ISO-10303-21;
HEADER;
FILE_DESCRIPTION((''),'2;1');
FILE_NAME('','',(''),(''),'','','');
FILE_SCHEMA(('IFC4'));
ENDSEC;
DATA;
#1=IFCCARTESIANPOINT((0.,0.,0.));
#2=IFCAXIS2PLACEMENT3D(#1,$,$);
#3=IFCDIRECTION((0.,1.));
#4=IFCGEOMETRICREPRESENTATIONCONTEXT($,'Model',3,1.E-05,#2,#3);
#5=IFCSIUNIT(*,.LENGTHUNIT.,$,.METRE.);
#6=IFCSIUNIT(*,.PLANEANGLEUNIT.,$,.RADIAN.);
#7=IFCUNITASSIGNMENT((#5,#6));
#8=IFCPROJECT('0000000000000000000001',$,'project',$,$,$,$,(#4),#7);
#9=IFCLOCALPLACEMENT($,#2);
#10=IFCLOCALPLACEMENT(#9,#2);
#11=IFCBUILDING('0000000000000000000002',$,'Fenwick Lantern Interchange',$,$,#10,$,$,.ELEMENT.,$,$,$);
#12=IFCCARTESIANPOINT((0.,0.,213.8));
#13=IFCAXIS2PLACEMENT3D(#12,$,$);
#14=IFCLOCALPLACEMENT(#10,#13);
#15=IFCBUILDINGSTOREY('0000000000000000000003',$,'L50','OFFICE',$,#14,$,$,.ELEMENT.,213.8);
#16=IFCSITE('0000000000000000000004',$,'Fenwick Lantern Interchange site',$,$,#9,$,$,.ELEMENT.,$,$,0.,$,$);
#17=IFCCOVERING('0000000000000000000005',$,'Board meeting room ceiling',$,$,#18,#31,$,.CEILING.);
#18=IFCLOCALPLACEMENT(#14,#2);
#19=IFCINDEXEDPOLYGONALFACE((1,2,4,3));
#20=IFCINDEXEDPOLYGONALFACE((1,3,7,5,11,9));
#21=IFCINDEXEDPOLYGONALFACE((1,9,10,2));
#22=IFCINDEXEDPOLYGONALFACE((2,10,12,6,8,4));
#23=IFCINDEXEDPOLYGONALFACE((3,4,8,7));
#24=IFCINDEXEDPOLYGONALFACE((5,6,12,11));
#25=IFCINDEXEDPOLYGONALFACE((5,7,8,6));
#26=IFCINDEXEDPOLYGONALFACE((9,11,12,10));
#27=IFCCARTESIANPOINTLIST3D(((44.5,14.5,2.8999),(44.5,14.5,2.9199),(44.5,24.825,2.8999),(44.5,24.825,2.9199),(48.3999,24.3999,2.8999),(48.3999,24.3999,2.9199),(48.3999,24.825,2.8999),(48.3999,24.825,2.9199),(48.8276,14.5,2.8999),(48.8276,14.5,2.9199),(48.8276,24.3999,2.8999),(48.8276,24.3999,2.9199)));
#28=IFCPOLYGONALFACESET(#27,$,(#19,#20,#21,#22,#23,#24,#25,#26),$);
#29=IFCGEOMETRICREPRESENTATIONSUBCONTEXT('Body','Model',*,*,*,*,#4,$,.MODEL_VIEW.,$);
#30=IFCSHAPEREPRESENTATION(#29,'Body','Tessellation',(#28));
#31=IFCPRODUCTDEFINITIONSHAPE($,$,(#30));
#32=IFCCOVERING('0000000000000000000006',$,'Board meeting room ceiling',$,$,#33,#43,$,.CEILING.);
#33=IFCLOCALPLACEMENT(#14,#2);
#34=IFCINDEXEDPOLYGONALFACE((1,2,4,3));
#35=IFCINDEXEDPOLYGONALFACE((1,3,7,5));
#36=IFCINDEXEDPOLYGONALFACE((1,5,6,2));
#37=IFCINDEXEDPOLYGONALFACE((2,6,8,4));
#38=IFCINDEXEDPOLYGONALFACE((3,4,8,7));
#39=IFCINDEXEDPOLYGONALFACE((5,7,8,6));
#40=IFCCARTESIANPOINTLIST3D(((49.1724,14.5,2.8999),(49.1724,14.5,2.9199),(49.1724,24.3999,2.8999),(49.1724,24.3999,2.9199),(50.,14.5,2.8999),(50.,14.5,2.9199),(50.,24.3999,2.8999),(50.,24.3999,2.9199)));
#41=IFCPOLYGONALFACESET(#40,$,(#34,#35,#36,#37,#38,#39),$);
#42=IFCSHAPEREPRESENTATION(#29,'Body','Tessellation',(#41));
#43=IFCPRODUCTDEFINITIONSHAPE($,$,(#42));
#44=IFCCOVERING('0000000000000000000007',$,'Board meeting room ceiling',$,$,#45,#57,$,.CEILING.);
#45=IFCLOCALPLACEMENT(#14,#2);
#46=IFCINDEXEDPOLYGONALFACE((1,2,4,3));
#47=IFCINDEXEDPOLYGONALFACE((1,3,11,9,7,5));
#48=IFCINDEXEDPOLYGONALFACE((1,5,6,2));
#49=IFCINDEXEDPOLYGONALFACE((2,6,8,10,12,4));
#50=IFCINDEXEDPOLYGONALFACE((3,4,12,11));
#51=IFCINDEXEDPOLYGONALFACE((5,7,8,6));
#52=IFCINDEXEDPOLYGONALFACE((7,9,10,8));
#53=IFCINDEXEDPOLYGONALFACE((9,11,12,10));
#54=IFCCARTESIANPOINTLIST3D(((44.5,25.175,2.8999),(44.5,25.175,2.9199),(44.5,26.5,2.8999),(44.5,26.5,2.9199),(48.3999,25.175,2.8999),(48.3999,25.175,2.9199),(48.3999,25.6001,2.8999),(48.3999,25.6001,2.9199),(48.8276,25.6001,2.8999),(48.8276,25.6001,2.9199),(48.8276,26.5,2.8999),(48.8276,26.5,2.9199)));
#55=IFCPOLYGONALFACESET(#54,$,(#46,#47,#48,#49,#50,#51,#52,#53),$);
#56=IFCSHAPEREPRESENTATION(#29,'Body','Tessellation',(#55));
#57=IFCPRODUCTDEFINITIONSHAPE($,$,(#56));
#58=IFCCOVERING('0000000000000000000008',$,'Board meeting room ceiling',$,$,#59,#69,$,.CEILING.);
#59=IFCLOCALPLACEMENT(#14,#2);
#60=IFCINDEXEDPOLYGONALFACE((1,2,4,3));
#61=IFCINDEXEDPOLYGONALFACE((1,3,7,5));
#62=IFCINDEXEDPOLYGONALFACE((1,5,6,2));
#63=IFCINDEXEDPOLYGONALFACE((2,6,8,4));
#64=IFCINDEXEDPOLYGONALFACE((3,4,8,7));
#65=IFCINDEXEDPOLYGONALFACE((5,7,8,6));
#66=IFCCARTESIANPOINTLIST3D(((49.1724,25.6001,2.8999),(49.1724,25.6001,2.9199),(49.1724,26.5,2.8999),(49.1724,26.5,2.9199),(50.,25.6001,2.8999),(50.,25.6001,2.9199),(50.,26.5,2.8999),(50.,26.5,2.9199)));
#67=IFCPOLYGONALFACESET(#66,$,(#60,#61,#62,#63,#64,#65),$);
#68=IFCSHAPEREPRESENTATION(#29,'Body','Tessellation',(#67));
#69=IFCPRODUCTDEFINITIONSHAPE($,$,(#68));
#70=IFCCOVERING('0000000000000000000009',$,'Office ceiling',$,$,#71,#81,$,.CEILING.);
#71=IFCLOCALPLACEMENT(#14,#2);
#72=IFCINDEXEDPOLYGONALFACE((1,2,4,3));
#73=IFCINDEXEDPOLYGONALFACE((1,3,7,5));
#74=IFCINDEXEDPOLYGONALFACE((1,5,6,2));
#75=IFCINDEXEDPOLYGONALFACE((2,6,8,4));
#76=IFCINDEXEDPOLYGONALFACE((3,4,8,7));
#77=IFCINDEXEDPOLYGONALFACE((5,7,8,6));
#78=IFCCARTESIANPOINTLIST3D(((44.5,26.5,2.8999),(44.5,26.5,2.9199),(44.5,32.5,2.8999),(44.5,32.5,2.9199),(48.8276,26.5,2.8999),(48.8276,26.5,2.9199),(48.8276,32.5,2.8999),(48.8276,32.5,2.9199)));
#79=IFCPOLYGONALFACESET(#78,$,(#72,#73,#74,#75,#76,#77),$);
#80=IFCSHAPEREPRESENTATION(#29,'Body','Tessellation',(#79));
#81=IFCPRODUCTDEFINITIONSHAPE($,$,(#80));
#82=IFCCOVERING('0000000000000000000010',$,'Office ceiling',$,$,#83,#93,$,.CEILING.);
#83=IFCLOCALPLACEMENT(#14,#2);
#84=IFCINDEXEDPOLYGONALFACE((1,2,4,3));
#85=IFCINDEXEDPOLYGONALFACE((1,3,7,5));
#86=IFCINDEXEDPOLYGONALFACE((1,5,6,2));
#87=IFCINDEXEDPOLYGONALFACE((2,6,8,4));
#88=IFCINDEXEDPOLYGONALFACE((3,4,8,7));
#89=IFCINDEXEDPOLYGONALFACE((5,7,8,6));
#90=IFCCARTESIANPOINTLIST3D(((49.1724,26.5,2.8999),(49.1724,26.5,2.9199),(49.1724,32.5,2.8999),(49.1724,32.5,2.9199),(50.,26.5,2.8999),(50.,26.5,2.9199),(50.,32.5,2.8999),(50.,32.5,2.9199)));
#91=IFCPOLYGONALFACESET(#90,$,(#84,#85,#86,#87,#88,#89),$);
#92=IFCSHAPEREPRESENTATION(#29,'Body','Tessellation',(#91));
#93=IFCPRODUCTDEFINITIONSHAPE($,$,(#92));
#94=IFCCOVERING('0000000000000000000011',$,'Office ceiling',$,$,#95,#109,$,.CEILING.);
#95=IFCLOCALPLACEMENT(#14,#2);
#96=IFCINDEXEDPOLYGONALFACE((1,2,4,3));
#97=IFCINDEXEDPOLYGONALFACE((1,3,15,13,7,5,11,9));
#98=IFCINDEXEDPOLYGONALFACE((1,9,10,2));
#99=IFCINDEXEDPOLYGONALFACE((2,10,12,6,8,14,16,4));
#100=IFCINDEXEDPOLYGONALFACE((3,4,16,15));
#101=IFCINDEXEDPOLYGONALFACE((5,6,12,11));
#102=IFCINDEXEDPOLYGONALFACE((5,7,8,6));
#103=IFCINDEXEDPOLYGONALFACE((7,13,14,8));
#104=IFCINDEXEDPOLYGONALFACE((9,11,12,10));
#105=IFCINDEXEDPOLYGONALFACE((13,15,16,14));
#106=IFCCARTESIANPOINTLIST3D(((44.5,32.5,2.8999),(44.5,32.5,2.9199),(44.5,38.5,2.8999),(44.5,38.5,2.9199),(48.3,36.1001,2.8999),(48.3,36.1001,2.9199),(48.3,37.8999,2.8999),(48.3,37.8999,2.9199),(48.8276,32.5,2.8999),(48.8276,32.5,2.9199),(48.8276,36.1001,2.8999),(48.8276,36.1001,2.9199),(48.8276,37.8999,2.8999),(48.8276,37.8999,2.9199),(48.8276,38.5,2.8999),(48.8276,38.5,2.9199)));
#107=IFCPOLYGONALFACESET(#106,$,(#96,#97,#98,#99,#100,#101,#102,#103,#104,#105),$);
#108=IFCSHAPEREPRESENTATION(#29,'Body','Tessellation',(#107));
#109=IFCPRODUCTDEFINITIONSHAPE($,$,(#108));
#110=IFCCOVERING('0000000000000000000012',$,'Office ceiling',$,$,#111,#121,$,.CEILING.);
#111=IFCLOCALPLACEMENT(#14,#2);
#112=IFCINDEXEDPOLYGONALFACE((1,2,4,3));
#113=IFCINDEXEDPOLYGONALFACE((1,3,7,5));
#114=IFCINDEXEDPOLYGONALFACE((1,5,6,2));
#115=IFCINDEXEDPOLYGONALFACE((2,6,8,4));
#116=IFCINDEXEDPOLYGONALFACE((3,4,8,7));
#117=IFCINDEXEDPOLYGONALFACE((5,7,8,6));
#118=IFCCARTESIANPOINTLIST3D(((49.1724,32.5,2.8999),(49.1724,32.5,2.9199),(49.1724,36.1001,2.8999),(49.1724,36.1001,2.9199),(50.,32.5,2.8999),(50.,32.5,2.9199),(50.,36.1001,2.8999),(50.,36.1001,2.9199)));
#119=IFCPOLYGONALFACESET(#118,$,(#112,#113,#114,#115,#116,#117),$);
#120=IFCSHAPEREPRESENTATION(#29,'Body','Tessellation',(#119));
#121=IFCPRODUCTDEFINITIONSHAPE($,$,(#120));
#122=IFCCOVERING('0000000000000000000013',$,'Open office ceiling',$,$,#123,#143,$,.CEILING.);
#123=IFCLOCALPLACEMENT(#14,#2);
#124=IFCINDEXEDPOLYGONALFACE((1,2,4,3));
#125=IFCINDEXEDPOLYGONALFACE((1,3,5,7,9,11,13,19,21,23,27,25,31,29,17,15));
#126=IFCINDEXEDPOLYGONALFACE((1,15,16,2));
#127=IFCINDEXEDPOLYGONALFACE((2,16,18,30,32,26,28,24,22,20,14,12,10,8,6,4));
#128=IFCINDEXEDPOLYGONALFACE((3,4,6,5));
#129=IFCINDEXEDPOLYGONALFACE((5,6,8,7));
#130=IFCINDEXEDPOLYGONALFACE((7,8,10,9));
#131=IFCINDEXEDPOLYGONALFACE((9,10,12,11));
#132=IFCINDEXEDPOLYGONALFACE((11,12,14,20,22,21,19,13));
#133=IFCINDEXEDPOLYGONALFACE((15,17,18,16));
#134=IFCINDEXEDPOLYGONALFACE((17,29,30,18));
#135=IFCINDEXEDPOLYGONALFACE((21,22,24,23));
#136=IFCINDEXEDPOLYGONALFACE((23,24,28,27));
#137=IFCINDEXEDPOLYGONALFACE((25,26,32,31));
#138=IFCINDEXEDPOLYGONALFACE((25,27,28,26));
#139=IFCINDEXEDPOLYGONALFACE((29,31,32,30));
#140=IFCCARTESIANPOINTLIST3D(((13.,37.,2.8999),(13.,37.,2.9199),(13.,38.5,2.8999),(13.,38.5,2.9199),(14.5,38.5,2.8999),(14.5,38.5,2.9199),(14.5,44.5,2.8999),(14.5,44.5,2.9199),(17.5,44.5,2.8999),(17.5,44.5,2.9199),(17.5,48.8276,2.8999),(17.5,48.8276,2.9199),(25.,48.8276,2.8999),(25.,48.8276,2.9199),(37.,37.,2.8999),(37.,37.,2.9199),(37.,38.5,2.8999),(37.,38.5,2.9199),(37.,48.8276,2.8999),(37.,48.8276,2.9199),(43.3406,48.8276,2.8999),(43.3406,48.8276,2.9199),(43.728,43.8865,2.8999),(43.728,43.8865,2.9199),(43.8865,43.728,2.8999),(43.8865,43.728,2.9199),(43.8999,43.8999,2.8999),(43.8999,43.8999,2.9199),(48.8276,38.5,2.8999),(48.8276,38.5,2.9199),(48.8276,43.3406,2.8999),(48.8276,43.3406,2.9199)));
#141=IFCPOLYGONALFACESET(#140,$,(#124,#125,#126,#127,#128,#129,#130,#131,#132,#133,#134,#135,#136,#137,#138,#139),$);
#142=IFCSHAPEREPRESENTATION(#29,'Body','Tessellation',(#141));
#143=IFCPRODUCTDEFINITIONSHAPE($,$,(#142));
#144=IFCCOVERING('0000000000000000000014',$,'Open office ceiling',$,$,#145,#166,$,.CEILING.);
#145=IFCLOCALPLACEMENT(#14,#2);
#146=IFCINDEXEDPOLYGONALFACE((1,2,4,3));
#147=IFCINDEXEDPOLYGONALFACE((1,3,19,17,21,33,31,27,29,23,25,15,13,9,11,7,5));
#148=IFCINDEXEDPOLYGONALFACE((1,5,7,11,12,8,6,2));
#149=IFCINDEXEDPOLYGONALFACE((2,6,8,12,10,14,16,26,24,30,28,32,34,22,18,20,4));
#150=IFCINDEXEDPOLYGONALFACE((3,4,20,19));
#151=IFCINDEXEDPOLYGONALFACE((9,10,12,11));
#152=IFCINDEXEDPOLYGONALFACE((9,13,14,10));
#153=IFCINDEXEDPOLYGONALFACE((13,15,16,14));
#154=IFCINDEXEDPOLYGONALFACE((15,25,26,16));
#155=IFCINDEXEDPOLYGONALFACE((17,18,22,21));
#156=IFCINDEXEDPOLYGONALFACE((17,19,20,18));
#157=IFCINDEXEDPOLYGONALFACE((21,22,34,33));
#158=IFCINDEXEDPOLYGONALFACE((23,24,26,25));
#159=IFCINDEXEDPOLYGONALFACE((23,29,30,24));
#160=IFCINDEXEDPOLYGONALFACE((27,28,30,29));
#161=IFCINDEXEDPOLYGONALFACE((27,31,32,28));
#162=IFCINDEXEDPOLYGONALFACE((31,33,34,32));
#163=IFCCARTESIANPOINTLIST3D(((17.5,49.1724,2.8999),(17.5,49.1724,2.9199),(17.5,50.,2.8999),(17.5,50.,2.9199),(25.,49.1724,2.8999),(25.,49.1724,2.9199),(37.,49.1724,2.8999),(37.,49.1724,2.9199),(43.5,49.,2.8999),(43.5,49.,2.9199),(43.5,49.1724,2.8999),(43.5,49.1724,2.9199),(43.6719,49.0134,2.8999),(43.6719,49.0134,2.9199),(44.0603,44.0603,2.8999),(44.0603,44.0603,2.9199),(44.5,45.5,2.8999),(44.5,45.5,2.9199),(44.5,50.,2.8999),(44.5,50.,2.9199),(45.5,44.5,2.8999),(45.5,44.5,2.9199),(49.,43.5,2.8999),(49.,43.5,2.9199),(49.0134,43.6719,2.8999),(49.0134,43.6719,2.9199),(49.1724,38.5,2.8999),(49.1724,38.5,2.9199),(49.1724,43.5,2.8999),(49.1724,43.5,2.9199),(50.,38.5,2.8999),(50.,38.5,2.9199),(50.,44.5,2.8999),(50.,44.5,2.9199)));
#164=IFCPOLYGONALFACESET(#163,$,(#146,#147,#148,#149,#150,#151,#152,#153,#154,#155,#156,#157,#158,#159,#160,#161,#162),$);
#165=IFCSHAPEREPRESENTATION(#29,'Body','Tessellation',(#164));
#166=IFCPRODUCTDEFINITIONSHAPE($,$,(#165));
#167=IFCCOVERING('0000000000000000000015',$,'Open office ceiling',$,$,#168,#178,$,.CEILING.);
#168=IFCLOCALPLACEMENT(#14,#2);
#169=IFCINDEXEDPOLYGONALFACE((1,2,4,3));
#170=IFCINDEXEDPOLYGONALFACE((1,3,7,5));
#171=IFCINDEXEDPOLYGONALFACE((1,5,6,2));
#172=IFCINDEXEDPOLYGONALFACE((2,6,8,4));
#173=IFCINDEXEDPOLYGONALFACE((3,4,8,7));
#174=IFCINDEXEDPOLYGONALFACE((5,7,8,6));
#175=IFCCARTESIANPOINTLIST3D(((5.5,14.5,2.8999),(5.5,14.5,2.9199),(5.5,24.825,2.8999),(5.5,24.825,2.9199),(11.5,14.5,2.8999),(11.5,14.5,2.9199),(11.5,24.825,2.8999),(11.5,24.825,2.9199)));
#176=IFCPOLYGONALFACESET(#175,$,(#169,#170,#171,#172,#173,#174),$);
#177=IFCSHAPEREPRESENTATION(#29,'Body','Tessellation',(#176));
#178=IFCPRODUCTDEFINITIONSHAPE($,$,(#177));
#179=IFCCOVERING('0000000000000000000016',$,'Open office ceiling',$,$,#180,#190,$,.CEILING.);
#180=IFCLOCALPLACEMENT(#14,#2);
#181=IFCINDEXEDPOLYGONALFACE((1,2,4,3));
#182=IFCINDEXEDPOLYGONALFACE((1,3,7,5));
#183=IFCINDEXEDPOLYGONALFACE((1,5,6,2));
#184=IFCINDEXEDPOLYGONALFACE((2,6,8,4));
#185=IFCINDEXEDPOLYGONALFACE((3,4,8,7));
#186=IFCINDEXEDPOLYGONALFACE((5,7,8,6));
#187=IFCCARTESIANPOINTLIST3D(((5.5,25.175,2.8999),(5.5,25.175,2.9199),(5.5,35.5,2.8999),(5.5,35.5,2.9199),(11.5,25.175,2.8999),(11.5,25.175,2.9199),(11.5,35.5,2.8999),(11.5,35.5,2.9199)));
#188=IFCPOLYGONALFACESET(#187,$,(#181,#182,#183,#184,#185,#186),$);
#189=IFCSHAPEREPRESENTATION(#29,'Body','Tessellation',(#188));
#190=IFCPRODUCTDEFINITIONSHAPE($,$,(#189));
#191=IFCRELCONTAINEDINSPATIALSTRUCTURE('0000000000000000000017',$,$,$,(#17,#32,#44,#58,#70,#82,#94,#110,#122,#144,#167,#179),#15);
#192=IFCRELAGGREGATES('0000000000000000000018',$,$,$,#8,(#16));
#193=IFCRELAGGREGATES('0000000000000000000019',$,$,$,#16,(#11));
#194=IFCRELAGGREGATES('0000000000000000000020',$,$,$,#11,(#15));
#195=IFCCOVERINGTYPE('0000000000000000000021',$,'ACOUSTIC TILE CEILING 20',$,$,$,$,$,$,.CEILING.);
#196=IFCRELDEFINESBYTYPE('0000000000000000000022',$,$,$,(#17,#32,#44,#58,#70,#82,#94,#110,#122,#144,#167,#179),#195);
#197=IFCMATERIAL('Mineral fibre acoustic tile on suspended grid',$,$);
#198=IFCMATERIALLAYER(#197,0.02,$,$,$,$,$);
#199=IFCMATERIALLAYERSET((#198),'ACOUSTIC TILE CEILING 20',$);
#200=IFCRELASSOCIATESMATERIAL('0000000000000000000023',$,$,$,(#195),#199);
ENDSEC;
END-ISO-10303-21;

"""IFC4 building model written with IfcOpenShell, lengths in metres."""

from ifc_helpers import new_model, si_unit, direction, frame, origin, place, context, subcontext, project, spatial, polyline, outline, extrude, material, layer, layer_set, type_object, element, save


model = new_model("IFC4")

# Units and contexts
model_context = context("Model", 3, precision=1e-05, world=origin(), true_north=direction((0.0, 1.0)))
body_context = subcontext(model_context, "Body", "Model", "MODEL_VIEW")
ifc_project = project(units=[si_unit("LENGTHUNIT", "METRE"), si_unit("PLANEANGLEUNIT", "RADIAN")], contexts=[model_context])

# Site, building, storey
site_placement = place(None, origin())
site = spatial("IfcSite", under=ifc_project, at=site_placement, Name="Fenwick Lantern Interchange site", CompositionType="ELEMENT", RefElevation=0.0)
building_placement = place(site_placement, origin())
building = spatial("IfcBuilding", under=site, at=building_placement, Name="Fenwick Lantern Interchange", CompositionType="ELEMENT")
storey_placement = place(building_placement, frame((0.0, 0.0, 213.8)))
storey = spatial("IfcBuildingStorey", under=building, at=storey_placement, Name="L50", Description="OFFICE", CompositionType="ELEMENT", Elevation=213.8)

# Coverings
ifc_material_1 = material(Name="Mineral fibre acoustic tile on suspended grid")
ifc_layer_1 = layer(ifc_material_1, 0.02)
ifc_layer_set_1 = layer_set([ifc_layer_1], Name="ACOUSTIC TILE CEILING 20")
covering_type_1 = type_object("IfcCoveringType", Name="ACOUSTIC TILE CEILING 20", PredefinedType="CEILING", material=ifc_layer_set_1)
covering_1_placement = place(storey_placement, frame((0.0, 0.0, 2.8999)))
element("IfcCovering", 1, at=covering_1_placement, inside=storey, type_object=covering_type_1, Name="Board meeting room ceiling", PredefinedType="CEILING", context=body_context, shape_type="SweptSolid", body=[
    extrude(outline(polyline([(44.5, 24.825), (44.5, 14.5), (48.8276, 14.5), (48.8276, 24.3999), (48.3999, 24.3999), (48.3999, 24.825), (44.5, 24.825)])), origin(), (0.0, 0.0, 1.0), 0.02),
])
covering_2_placement = place(storey_placement, frame((0.0, 0.0, 2.8999)))
element("IfcCovering", 2, at=covering_2_placement, inside=storey, type_object=covering_type_1, Name="Board meeting room ceiling", PredefinedType="CEILING", context=body_context, shape_type="SweptSolid", body=[
    extrude(outline(polyline([(50.0, 24.3999), (49.1724, 24.3999), (49.1724, 14.5), (50.0, 14.5), (50.0, 24.3999)])), origin(), (0.0, 0.0, 1.0), 0.02),
])
covering_3_placement = place(storey_placement, frame((0.0, 0.0, 2.8999)))
element("IfcCovering", 3, at=covering_3_placement, inside=storey, type_object=covering_type_1, Name="Board meeting room ceiling", PredefinedType="CEILING", context=body_context, shape_type="SweptSolid", body=[
    extrude(outline(polyline([(44.5, 26.5), (44.5, 25.175), (48.3999, 25.175), (48.3999, 25.6001), (48.8276, 25.6001), (48.8276, 26.5), (44.5, 26.5)])), origin(), (0.0, 0.0, 1.0), 0.02),
])
covering_4_placement = place(storey_placement, frame((0.0, 0.0, 2.8999)))
element("IfcCovering", 4, at=covering_4_placement, inside=storey, type_object=covering_type_1, Name="Board meeting room ceiling", PredefinedType="CEILING", context=body_context, shape_type="SweptSolid", body=[
    extrude(outline(polyline([(50.0, 26.5), (49.1724, 26.5), (49.1724, 25.6001), (50.0, 25.6001), (50.0, 26.5)])), origin(), (0.0, 0.0, 1.0), 0.02),
])
covering_5_placement = place(storey_placement, frame((0.0, 0.0, 2.8999)))
element("IfcCovering", 5, at=covering_5_placement, inside=storey, type_object=covering_type_1, Name="Office ceiling", PredefinedType="CEILING", context=body_context, shape_type="SweptSolid", body=[
    extrude(outline(polyline([(44.5, 26.5), (48.8276, 26.5), (48.8276, 32.5), (44.5, 32.5), (44.5, 26.5)])), origin(), (0.0, 0.0, 1.0), 0.02),
])
covering_6_placement = place(storey_placement, frame((0.0, 0.0, 2.8999)))
element("IfcCovering", 6, at=covering_6_placement, inside=storey, type_object=covering_type_1, Name="Office ceiling", PredefinedType="CEILING", context=body_context, shape_type="SweptSolid", body=[
    extrude(outline(polyline([(50.0, 32.5), (49.1724, 32.5), (49.1724, 26.5), (50.0, 26.5), (50.0, 32.5)])), origin(), (0.0, 0.0, 1.0), 0.02),
])
covering_7_placement = place(storey_placement, frame((0.0, 0.0, 2.8999)))
element("IfcCovering", 7, at=covering_7_placement, inside=storey, type_object=covering_type_1, Name="Office ceiling", PredefinedType="CEILING", context=body_context, shape_type="SweptSolid", body=[
    extrude(outline(polyline([(44.5, 32.5), (48.8276, 32.5), (48.8276, 36.1001), (48.3, 36.1001), (48.3, 37.8999), (48.8276, 37.8999), (48.8276, 38.5), (44.5, 38.5), (44.5, 32.5)])), origin(), (0.0, 0.0, 1.0), 0.02),
])
covering_8_placement = place(storey_placement, frame((0.0, 0.0, 2.8999)))
element("IfcCovering", 8, at=covering_8_placement, inside=storey, type_object=covering_type_1, Name="Office ceiling", PredefinedType="CEILING", context=body_context, shape_type="SweptSolid", body=[
    extrude(outline(polyline([(49.1724, 32.5), (50.0, 32.5), (50.0, 36.1001), (49.1724, 36.1001), (49.1724, 32.5)])), origin(), (0.0, 0.0, 1.0), 0.02),
])
covering_9_placement = place(storey_placement, frame((0.0, 0.0, 2.8999)))
element("IfcCovering", 9, at=covering_9_placement, inside=storey, type_object=covering_type_1, Name="Open office ceiling", PredefinedType="CEILING", context=body_context, shape_type="SweptSolid", body=[
    extrude(outline(polyline([(37.0, 38.5), (48.8276, 38.5), (48.8276, 43.3406), (43.8865, 43.728), (43.8999, 43.8999), (43.728, 43.8865), (43.3406, 48.8276), (37.0, 48.8276), (25.0, 48.8276), (17.5, 48.8276), (17.5, 44.5), (14.5, 44.5), (14.5, 38.5), (13.0, 38.5), (13.0, 37.0), (37.0, 37.0), (37.0, 38.5)])), origin(), (0.0, 0.0, 1.0), 0.02),
])
covering_10_placement = place(storey_placement, frame((0.0, 0.0, 2.8999)))
element("IfcCovering", 10, at=covering_10_placement, inside=storey, type_object=covering_type_1, Name="Open office ceiling", PredefinedType="CEILING", context=body_context, shape_type="SweptSolid", body=[
    extrude(outline(polyline([(44.5, 45.5), (44.5, 50.0), (17.5, 50.0), (17.5, 49.1724), (25.0, 49.1724), (37.0, 49.1724), (43.5, 49.1724), (43.5, 49.0), (43.6719, 49.0134), (44.0603, 44.0603), (49.0134, 43.6719), (49.0, 43.5), (49.1724, 43.5), (49.1724, 38.5), (50.0, 38.5), (50.0, 44.5), (45.5, 44.5), (44.5, 45.5)])), origin(), (0.0, 0.0, 1.0), 0.02),
])
covering_11_placement = place(storey_placement, frame((0.0, 0.0, 2.8999)))
element("IfcCovering", 11, at=covering_11_placement, inside=storey, type_object=covering_type_1, Name="Open office ceiling", PredefinedType="CEILING", context=body_context, shape_type="SweptSolid", body=[
    extrude(outline(polyline([(11.5, 14.5), (11.5, 24.825), (5.5, 24.825), (5.5, 14.5), (11.5, 14.5)])), origin(), (0.0, 0.0, 1.0), 0.02),
])
covering_12_placement = place(storey_placement, frame((0.0, 0.0, 2.8999)))
element("IfcCovering", 12, at=covering_12_placement, inside=storey, type_object=covering_type_1, Name="Open office ceiling", PredefinedType="CEILING", context=body_context, shape_type="SweptSolid", body=[
    extrude(outline(polyline([(11.5, 25.175), (11.5, 35.5), (5.5, 35.5), (5.5, 25.175), (11.5, 25.175)])), origin(), (0.0, 0.0, 1.0), 0.02),
])

save(model, "model.ifc")
